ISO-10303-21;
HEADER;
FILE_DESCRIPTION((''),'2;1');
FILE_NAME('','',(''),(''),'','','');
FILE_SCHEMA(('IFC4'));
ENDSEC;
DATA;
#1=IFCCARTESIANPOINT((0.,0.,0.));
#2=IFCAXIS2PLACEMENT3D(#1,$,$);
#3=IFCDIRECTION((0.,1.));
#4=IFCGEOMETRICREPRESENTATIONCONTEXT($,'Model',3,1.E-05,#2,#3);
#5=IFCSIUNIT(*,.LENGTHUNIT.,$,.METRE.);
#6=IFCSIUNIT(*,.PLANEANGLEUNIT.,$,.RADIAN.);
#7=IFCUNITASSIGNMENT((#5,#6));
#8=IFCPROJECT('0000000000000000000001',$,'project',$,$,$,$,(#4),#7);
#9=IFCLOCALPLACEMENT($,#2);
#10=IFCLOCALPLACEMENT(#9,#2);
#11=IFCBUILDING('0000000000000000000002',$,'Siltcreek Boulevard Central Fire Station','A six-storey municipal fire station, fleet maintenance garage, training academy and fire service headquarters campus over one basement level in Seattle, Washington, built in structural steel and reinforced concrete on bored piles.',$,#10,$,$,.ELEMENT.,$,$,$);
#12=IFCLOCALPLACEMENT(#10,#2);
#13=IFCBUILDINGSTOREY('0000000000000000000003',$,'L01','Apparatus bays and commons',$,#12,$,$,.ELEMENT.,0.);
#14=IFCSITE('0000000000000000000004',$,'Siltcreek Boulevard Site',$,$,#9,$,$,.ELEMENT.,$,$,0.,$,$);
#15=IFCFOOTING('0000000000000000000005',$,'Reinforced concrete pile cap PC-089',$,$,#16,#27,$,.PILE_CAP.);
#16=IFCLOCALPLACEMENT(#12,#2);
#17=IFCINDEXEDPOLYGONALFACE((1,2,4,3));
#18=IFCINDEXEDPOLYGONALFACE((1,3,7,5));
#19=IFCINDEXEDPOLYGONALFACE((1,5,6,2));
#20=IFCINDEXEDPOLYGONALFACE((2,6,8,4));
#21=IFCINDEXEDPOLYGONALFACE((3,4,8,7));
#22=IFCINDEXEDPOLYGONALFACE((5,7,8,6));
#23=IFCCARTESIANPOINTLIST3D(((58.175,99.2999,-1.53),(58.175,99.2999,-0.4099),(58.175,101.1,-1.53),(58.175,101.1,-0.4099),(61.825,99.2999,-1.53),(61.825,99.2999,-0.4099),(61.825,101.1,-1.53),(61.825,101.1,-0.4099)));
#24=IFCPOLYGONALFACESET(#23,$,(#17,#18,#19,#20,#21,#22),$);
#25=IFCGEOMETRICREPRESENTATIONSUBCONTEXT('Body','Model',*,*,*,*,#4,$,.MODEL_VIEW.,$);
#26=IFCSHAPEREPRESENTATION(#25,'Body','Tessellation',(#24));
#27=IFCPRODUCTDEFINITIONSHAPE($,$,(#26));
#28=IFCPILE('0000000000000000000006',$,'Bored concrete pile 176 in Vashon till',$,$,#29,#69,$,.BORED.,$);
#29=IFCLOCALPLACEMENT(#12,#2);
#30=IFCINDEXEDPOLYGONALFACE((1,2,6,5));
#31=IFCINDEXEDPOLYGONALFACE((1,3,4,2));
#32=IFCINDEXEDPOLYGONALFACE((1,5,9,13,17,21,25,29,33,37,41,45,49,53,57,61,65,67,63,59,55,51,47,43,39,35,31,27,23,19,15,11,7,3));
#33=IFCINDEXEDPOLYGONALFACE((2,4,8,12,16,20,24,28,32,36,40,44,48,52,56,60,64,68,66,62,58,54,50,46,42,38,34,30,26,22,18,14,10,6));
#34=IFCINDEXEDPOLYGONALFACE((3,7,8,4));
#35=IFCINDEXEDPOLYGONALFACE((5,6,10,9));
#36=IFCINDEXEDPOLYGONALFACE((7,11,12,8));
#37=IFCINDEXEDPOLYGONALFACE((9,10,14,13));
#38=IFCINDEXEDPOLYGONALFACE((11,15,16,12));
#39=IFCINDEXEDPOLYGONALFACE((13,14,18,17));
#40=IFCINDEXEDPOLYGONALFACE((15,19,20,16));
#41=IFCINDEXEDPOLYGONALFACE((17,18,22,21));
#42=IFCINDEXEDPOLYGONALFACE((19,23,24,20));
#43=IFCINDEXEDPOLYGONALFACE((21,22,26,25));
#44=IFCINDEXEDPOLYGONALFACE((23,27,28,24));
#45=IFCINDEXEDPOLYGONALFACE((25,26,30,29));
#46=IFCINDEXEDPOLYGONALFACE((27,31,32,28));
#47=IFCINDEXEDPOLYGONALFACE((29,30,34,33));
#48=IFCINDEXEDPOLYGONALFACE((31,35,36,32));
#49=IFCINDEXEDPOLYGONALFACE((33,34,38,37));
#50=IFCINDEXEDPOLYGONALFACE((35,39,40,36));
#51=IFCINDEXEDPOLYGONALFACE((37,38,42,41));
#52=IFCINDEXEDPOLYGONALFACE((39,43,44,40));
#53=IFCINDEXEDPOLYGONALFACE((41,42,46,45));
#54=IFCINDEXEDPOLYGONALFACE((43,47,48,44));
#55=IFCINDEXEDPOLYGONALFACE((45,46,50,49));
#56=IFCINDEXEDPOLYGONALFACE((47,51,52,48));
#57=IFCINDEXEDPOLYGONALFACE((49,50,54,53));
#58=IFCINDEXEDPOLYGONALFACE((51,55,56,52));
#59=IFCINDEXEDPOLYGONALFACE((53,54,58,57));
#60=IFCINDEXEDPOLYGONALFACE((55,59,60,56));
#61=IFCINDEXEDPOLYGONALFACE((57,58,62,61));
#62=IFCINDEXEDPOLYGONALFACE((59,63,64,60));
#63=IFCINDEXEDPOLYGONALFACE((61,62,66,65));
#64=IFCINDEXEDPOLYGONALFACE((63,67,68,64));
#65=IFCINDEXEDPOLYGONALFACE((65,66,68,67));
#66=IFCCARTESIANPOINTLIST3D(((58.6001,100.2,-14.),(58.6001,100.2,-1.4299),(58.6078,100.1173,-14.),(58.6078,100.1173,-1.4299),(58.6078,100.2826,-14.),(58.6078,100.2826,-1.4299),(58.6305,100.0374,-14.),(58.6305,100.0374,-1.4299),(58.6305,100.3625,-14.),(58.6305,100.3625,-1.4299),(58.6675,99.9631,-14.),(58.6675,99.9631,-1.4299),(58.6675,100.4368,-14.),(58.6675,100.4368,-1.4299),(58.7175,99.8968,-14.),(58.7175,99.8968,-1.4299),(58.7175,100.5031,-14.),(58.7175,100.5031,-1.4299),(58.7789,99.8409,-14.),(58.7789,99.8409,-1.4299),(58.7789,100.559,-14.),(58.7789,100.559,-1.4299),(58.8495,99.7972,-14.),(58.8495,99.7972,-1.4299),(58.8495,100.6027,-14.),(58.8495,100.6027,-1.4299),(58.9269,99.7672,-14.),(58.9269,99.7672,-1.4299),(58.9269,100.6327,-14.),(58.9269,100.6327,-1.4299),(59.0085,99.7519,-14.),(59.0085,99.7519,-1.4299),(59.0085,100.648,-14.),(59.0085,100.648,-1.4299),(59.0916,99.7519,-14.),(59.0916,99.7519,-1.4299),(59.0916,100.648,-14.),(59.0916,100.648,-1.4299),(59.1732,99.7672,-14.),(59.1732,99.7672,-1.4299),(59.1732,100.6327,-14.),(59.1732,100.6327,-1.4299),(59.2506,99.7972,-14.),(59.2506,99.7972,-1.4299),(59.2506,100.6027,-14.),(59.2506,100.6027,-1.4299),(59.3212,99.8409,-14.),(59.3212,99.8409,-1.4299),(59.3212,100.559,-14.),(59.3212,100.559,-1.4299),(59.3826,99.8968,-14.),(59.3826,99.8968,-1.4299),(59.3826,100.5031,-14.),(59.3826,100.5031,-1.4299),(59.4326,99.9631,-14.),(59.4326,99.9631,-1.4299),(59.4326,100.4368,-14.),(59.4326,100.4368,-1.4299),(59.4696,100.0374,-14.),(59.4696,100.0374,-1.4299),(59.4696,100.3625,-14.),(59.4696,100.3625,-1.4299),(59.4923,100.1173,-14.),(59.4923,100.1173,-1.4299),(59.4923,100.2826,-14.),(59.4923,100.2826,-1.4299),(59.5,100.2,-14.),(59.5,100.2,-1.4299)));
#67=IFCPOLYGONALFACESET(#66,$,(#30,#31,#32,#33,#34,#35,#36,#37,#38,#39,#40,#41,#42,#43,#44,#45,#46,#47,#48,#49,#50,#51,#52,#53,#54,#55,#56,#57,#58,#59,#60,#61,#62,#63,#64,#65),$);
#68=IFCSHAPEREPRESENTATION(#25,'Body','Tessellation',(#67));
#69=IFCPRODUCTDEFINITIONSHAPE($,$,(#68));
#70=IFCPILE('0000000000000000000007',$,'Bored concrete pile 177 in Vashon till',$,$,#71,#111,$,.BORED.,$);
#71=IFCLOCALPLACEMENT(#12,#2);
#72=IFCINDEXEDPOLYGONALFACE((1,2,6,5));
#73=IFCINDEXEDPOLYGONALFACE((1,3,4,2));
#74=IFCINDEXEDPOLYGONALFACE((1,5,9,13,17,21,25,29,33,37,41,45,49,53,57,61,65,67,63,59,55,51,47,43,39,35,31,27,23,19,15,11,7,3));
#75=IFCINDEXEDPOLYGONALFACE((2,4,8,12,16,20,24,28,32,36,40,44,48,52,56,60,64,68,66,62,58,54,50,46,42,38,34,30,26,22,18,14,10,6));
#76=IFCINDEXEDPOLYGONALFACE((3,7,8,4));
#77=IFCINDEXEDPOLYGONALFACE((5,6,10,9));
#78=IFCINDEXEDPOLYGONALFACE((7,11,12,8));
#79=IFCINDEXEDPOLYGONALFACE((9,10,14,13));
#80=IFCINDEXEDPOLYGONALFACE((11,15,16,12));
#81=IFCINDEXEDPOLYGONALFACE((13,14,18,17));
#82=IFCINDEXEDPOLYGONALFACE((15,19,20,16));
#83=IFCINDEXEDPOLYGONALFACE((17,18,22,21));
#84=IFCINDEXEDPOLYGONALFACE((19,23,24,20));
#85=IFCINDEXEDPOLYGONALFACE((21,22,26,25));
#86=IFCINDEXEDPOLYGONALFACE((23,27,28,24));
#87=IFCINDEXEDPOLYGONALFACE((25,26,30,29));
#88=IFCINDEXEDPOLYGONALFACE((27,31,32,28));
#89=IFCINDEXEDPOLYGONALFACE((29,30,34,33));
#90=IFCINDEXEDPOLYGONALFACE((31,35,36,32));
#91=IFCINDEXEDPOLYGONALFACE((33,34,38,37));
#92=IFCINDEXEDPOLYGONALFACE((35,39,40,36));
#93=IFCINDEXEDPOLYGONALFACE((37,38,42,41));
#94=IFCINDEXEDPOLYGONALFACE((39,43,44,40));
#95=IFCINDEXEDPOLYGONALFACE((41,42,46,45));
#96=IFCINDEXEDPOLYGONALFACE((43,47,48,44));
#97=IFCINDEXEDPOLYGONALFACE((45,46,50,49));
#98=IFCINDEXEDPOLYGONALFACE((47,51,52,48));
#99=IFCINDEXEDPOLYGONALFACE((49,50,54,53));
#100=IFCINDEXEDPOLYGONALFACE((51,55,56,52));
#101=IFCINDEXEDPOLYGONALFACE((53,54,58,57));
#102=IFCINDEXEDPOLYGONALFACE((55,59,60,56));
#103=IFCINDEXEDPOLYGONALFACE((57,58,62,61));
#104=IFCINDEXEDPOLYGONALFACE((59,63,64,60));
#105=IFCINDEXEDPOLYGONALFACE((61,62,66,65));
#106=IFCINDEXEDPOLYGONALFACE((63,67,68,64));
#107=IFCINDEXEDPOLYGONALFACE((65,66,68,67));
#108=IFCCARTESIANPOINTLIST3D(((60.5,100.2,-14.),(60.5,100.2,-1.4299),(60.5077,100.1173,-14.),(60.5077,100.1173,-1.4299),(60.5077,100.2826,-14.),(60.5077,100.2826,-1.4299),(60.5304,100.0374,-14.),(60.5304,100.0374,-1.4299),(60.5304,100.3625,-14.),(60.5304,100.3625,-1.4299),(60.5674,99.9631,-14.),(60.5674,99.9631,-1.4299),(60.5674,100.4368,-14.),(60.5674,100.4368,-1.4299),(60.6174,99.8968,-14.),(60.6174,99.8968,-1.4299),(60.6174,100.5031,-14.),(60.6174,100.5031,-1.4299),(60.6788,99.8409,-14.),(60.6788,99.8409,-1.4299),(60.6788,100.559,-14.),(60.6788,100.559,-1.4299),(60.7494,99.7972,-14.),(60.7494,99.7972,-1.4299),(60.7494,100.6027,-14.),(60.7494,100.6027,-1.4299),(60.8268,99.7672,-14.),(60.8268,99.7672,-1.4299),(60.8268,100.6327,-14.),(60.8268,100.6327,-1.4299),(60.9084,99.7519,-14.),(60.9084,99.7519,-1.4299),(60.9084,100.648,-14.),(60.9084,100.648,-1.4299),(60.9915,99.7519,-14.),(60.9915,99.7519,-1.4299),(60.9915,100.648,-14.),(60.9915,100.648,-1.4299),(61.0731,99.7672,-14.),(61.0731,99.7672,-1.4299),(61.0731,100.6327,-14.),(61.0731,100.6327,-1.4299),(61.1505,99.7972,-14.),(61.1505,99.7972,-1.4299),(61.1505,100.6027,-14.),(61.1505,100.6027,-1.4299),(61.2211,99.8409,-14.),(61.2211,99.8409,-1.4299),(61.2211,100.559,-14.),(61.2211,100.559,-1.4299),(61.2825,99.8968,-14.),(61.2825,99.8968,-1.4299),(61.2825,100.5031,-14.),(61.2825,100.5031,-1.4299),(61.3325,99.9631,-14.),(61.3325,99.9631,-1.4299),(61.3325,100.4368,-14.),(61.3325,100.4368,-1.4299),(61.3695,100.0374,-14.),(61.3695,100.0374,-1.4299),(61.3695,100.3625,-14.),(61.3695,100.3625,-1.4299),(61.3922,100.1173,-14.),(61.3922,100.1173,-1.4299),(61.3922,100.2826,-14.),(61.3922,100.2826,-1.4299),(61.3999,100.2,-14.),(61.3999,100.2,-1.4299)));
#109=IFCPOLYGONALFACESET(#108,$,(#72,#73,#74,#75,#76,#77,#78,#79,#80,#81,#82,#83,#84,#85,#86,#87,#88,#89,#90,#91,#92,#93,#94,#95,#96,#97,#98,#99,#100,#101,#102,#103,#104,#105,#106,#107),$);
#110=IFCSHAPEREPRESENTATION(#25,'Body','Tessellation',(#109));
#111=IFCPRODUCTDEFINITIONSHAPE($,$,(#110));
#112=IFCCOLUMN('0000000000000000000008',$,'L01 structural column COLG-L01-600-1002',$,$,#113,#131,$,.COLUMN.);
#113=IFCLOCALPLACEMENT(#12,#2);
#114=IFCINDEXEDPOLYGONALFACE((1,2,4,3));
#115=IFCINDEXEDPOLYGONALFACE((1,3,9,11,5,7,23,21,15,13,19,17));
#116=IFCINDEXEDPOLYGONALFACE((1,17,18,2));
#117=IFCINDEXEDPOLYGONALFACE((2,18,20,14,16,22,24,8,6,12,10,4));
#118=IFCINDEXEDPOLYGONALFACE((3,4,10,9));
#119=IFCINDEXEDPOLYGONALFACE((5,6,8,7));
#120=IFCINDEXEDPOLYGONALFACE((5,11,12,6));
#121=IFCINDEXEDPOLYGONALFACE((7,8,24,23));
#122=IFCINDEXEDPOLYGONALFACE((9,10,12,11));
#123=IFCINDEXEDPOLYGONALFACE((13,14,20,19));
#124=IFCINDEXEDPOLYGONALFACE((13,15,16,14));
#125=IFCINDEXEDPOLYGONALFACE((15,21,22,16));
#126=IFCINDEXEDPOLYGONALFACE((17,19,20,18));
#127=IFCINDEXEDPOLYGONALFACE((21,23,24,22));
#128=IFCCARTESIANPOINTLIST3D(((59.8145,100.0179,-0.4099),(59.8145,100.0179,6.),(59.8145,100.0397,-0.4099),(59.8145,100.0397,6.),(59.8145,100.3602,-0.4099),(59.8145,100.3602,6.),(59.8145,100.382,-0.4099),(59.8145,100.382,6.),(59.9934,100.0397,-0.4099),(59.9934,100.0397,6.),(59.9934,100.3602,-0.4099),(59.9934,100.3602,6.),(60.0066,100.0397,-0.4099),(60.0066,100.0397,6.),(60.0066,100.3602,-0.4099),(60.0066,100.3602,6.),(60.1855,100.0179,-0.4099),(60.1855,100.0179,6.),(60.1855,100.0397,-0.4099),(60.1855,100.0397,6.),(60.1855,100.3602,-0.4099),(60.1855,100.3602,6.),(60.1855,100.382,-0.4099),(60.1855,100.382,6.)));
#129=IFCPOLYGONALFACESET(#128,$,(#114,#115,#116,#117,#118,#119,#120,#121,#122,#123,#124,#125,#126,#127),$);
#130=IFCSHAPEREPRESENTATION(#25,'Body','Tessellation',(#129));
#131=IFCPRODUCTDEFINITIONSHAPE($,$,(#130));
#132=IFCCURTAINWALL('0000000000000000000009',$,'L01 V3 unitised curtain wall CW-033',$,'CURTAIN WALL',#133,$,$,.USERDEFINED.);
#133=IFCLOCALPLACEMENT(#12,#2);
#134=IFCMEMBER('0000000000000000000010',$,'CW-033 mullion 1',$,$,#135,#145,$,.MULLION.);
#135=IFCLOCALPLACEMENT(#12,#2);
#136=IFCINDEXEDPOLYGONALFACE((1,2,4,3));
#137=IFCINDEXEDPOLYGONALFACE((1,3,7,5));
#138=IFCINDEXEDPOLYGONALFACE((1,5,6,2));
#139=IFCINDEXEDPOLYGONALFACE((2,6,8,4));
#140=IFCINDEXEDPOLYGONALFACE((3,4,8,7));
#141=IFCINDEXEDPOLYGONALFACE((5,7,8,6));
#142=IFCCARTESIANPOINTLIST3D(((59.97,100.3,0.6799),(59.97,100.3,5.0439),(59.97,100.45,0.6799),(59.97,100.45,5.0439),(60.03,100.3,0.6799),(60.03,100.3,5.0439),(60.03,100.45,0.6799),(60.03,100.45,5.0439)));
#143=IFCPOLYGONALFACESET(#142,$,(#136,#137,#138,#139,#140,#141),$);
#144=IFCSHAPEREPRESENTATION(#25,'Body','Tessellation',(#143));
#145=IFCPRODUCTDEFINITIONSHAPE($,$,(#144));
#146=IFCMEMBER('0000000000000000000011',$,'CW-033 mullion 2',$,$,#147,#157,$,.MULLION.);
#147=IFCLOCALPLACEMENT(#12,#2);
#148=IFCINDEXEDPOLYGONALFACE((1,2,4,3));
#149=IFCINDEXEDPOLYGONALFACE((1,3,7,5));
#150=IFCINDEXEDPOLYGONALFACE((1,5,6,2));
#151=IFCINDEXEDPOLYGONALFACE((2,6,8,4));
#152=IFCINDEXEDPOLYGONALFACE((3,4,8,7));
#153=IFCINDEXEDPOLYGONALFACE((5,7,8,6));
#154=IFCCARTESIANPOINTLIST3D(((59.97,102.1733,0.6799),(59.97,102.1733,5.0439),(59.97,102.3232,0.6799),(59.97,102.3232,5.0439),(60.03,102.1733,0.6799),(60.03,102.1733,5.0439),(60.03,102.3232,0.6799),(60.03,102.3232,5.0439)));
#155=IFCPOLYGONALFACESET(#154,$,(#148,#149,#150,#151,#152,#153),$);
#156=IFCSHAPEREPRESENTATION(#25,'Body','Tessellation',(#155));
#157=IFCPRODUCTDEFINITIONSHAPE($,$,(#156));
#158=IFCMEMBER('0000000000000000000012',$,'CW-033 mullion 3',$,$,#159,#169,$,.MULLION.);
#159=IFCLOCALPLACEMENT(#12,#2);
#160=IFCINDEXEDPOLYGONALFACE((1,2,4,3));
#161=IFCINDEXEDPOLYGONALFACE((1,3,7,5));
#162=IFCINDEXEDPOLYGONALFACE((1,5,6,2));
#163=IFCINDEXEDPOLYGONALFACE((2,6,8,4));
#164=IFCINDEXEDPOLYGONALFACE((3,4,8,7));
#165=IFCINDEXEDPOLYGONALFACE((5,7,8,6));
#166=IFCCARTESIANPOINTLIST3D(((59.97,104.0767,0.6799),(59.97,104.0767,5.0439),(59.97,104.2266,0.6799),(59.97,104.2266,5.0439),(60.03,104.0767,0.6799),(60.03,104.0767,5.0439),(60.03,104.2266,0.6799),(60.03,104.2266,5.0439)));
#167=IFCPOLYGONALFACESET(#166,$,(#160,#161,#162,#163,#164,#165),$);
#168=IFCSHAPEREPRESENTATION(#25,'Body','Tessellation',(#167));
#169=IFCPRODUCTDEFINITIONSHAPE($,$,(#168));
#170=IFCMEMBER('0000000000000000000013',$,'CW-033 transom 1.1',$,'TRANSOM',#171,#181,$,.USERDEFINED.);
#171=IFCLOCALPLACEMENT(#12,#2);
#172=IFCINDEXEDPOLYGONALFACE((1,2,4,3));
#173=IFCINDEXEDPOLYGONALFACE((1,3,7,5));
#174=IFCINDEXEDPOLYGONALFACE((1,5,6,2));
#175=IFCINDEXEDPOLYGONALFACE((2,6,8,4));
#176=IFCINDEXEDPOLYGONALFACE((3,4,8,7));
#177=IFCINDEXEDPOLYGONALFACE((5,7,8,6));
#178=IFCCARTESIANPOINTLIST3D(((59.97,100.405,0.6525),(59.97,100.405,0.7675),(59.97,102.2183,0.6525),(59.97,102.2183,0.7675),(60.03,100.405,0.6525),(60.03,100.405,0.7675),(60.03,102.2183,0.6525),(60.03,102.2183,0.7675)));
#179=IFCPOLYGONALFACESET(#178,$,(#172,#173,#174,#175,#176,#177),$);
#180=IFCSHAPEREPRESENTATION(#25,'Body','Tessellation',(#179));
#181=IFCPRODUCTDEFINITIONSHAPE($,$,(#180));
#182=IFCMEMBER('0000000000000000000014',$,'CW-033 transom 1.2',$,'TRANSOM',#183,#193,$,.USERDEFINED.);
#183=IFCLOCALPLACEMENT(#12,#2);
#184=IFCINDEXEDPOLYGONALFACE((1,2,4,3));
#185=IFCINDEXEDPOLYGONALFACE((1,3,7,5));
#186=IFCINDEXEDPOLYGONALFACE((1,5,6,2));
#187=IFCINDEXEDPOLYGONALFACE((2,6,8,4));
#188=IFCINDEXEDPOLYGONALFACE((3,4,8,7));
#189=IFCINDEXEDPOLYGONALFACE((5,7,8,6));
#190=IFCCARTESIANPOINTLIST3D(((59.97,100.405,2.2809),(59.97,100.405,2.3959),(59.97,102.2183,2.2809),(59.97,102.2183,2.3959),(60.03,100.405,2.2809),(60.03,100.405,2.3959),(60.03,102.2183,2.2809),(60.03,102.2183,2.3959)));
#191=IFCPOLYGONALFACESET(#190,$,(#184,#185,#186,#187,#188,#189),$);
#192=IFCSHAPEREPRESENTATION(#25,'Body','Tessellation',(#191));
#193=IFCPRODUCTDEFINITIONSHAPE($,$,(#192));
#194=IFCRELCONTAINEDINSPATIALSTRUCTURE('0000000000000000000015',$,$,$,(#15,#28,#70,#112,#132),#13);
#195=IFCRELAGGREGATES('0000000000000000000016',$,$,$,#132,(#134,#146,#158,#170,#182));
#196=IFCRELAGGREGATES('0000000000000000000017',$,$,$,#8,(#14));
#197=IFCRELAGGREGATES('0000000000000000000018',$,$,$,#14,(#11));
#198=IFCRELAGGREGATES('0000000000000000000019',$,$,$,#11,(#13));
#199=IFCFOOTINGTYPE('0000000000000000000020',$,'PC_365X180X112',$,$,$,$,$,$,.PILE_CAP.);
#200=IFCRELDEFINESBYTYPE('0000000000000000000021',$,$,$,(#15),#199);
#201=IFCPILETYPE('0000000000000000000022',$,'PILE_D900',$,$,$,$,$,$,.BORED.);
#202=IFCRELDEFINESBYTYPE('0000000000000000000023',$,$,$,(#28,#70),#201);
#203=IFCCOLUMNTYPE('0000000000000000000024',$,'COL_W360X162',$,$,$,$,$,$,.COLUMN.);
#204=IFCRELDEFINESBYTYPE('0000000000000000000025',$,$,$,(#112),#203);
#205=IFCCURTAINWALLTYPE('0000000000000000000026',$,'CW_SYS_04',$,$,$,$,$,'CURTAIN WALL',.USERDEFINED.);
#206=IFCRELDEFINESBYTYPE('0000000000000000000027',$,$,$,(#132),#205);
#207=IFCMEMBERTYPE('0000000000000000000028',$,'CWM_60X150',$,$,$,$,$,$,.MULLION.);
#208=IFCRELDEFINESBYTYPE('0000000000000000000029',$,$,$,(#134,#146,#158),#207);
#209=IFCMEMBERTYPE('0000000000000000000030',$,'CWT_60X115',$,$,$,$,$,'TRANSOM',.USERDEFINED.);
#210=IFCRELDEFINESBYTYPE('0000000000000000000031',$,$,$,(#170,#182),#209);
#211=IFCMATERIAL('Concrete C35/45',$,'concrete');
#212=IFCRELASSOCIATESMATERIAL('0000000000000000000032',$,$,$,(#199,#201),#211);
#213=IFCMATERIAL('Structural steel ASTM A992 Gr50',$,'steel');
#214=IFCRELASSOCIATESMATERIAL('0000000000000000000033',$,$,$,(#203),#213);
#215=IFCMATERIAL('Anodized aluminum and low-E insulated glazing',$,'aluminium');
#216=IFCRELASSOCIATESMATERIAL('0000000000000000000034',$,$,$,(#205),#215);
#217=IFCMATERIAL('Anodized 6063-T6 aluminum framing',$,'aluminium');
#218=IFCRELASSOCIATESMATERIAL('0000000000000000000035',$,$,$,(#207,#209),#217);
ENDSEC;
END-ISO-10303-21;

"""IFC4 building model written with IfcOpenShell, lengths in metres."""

from ifc_helpers import new_model, si_unit, direction, frame, origin, origin_2d, place, context, subcontext, project, spatial, rectangle, circle, i_section, extrude, material, material_profile, profile_set, type_object, element, aggregate, save


model = new_model("IFC4")

# Units and contexts
model_context = context("Model", 3, precision=1e-05, world=origin(), true_north=direction((0.0, 1.0)))
body_context = subcontext(model_context, "Body", "Model", "MODEL_VIEW")
ifc_project = project(units=[si_unit("LENGTHUNIT", "METRE"), si_unit("PLANEANGLEUNIT", "RADIAN")], contexts=[model_context])

# Site, building, storey
site_placement = place(None, origin())
site = spatial("IfcSite", under=ifc_project, at=site_placement, Name="Siltcreek Boulevard Site", CompositionType="ELEMENT", RefElevation=0.0)
building_placement = place(site_placement, origin())
building = spatial("IfcBuilding", under=site, at=building_placement, Name="Siltcreek Boulevard Central Fire Station", Description="A six-storey municipal fire station, fleet maintenance garage, training academy and fire service headquarters campus over one basement level in Seattle, Washington, built in structural steel and reinforced concrete on bored piles.", CompositionType="ELEMENT")
storey_placement = place(building_placement, origin())
storey = spatial("IfcBuildingStorey", under=building, at=storey_placement, Name="L01", Description="Apparatus bays and commons", CompositionType="ELEMENT", Elevation=0.0)

# Footing
ifc_material_1 = material(Name="Concrete C35/45", Category="concrete")
footing_type = type_object("IfcFootingType", Name="PC_365X180X112", PredefinedType="PILE_CAP", material=ifc_material_1)
footing_placement = place(storey_placement, frame((60.0, 100.2, -1.53), z_axis=(0.0, 0.0, 1.0), x_axis=(1.0, 0.0, 0.0)))
element("IfcFooting", 1, at=footing_placement, inside=storey, type_object=footing_type, Name="Reinforced concrete pile cap PC-089", PredefinedType="PILE_CAP", context=body_context, shape_type="SweptSolid", body=[
    extrude(rectangle(XDim=3.6499, YDim=1.8, at=origin_2d()), origin(), (0.0, 0.0, 1.0), 1.1201),
])

# Piles
ifc_material_profile_1 = material_profile(ifc_material_1, circle(Radius=0.45, at=origin_2d()), Name="SHAFT900")
ifc_profile_set_1 = profile_set([ifc_material_profile_1], Name="Concrete C35/45")
pile_type = type_object("IfcPileType", Name="PILE_D900", PredefinedType="BORED", material=ifc_profile_set_1)
for number, where, z_axis, x_axis, name in (
    (2, (59.05, 100.2, -1.4299), (0.0, 0.0, -1.0), (1.0, 0.0, 0.0), "Bored concrete pile 176 in Vashon till"),
    (3, (60.95, 100.2, -1.4299), (0.0, 0.0, -1.0), (1.0, 0.0, 0.0), "Bored concrete pile 177 in Vashon till"),
):
    element("IfcPile", number, at=place(storey_placement, frame(where, z_axis=z_axis, x_axis=x_axis)), inside=storey, type_object=pile_type, Name=name, PredefinedType="BORED", context=body_context, shape_type="SweptSolid", body=[
        extrude(circle(Radius=0.45, at=origin_2d()), origin(), (0.0, 0.0, 1.0), 12.5701),
    ])

# Column
ifc_material_2 = material(Name="Structural steel ASTM A992 Gr50", Category="steel")
ifc_material_profile_2 = material_profile(ifc_material_2, i_section(OverallWidth=0.3711, OverallDepth=0.364, WebThickness=0.0132, FlangeThickness=0.0217, at=origin_2d()), Name="W360X162")
ifc_profile_set_2 = profile_set([ifc_material_profile_2], Name="Structural steel ASTM A992 Gr50")
column_type = type_object("IfcColumnType", Name="COL_W360X162", PredefinedType="COLUMN", material=ifc_profile_set_2)
column_placement = place(storey_placement, frame((60.0, 100.2, -0.4099), z_axis=(0.0, 0.0, 1.0), x_axis=(1.0, 0.0, 0.0)))
element("IfcColumn", 4, at=column_placement, inside=storey, type_object=column_type, Name="L01 structural column COLG-L01-600-1002", PredefinedType="COLUMN", context=body_context, shape_type="SweptSolid", body=[
    extrude(i_section(OverallWidth=0.3711, OverallDepth=0.364, WebThickness=0.0132, FlangeThickness=0.0217, at=origin_2d()), origin(), (0.0, 0.0, 1.0), 6.4099),
])

# Curtain wall, members
ifc_material_3 = material(Name="Anodized aluminum and low-E insulated glazing", Category="aluminium")
curtain_wall_type = type_object("IfcCurtainWallType", Name="CW_SYS_04", ElementType="CURTAIN WALL", PredefinedType="USERDEFINED", material=ifc_material_3)
curtain_wall_placement = place(storey_placement, origin())
curtain_wall = element("IfcCurtainWall", 5, at=curtain_wall_placement, inside=storey, type_object=curtain_wall_type, Name="L01 V3 unitised curtain wall CW-033", ObjectType="CURTAIN WALL", PredefinedType="USERDEFINED")
ifc_material_4 = material(Name="Anodized 6063-T6 aluminum framing", Category="aluminium")
ifc_material_profile_3 = material_profile(ifc_material_4, rectangle(XDim=0.0601, YDim=0.1499, at=origin_2d()), Name="MULL60X150")
ifc_profile_set_3 = profile_set([ifc_material_profile_3], Name="Anodized 6063-T6 aluminum framing")
member_type_1 = type_object("IfcMemberType", Name="CWM_60X150", PredefinedType="MULLION", material=ifc_profile_set_3)
member_1_placement = place(storey_placement, frame((60.0, 100.375, 0.6799), z_axis=(0.0, 0.0, 1.0), x_axis=(-1.0, 0.0, 0.0)))
member_1 = element("IfcMember", 6, at=member_1_placement, type_object=member_type_1, Name="CW-033 mullion 1", PredefinedType="MULLION", context=body_context, shape_type="SweptSolid", body=[
    extrude(rectangle(XDim=0.0601, YDim=0.1499, at=origin_2d()), origin(), (0.0, 0.0, 1.0), 4.364),
])
member_2_placement = place(storey_placement, frame((60.0, 102.2483, 0.6799), z_axis=(0.0, 0.0, 1.0), x_axis=(-1.0, 0.0, 0.0)))
member_2 = element("IfcMember", 7, at=member_2_placement, type_object=member_type_1, Name="CW-033 mullion 2", PredefinedType="MULLION", context=body_context, shape_type="SweptSolid", body=[
    extrude(rectangle(XDim=0.0601, YDim=0.1499, at=origin_2d()), origin(), (0.0, 0.0, 1.0), 4.364),
])
member_3_placement = place(storey_placement, frame((60.0, 104.1516, 0.6799), z_axis=(0.0, 0.0, 1.0), x_axis=(-1.0, 0.0, 0.0)))
member_3 = element("IfcMember", 8, at=member_3_placement, type_object=member_type_1, Name="CW-033 mullion 3", PredefinedType="MULLION", context=body_context, shape_type="SweptSolid", body=[
    extrude(rectangle(XDim=0.0601, YDim=0.1499, at=origin_2d()), origin(), (0.0, 0.0, 1.0), 4.364),
])
ifc_material_profile_4 = material_profile(ifc_material_4, rectangle(XDim=0.0601, YDim=0.115, at=origin_2d()), Name="TRAN60X115")
ifc_profile_set_4 = profile_set([ifc_material_profile_4], Name="Anodized 6063-T6 aluminum framing")
member_type_2 = type_object("IfcMemberType", Name="CWT_60X115", ElementType="TRANSOM", PredefinedType="USERDEFINED", material=ifc_profile_set_4)
member_4_placement = place(storey_placement, frame((60.0, 100.405, 0.71), z_axis=(0.0, 1.0, 0.0), x_axis=(-1.0, 0.0, 0.0)))
member_4 = element("IfcMember", 9, at=member_4_placement, type_object=member_type_2, Name="CW-033 transom 1.1", ObjectType="TRANSOM", PredefinedType="USERDEFINED", context=body_context, shape_type="SweptSolid", body=[
    extrude(rectangle(XDim=0.0601, YDim=0.115, at=origin_2d()), origin(), (0.0, 0.0, 1.0), 1.8132),
])
member_5_placement = place(storey_placement, frame((60.0, 100.405, 2.3384), z_axis=(0.0, 1.0, 0.0), x_axis=(-1.0, 0.0, 0.0)))
member_5 = element("IfcMember", 10, at=member_5_placement, type_object=member_type_2, Name="CW-033 transom 1.2", ObjectType="TRANSOM", PredefinedType="USERDEFINED", context=body_context, shape_type="SweptSolid", body=[
    extrude(rectangle(XDim=0.0601, YDim=0.115, at=origin_2d()), origin(), (0.0, 0.0, 1.0), 1.8132),
])

aggregate(curtain_wall, [member_1, member_2, member_3, member_4, member_5])

save(model, "model.ifc")
